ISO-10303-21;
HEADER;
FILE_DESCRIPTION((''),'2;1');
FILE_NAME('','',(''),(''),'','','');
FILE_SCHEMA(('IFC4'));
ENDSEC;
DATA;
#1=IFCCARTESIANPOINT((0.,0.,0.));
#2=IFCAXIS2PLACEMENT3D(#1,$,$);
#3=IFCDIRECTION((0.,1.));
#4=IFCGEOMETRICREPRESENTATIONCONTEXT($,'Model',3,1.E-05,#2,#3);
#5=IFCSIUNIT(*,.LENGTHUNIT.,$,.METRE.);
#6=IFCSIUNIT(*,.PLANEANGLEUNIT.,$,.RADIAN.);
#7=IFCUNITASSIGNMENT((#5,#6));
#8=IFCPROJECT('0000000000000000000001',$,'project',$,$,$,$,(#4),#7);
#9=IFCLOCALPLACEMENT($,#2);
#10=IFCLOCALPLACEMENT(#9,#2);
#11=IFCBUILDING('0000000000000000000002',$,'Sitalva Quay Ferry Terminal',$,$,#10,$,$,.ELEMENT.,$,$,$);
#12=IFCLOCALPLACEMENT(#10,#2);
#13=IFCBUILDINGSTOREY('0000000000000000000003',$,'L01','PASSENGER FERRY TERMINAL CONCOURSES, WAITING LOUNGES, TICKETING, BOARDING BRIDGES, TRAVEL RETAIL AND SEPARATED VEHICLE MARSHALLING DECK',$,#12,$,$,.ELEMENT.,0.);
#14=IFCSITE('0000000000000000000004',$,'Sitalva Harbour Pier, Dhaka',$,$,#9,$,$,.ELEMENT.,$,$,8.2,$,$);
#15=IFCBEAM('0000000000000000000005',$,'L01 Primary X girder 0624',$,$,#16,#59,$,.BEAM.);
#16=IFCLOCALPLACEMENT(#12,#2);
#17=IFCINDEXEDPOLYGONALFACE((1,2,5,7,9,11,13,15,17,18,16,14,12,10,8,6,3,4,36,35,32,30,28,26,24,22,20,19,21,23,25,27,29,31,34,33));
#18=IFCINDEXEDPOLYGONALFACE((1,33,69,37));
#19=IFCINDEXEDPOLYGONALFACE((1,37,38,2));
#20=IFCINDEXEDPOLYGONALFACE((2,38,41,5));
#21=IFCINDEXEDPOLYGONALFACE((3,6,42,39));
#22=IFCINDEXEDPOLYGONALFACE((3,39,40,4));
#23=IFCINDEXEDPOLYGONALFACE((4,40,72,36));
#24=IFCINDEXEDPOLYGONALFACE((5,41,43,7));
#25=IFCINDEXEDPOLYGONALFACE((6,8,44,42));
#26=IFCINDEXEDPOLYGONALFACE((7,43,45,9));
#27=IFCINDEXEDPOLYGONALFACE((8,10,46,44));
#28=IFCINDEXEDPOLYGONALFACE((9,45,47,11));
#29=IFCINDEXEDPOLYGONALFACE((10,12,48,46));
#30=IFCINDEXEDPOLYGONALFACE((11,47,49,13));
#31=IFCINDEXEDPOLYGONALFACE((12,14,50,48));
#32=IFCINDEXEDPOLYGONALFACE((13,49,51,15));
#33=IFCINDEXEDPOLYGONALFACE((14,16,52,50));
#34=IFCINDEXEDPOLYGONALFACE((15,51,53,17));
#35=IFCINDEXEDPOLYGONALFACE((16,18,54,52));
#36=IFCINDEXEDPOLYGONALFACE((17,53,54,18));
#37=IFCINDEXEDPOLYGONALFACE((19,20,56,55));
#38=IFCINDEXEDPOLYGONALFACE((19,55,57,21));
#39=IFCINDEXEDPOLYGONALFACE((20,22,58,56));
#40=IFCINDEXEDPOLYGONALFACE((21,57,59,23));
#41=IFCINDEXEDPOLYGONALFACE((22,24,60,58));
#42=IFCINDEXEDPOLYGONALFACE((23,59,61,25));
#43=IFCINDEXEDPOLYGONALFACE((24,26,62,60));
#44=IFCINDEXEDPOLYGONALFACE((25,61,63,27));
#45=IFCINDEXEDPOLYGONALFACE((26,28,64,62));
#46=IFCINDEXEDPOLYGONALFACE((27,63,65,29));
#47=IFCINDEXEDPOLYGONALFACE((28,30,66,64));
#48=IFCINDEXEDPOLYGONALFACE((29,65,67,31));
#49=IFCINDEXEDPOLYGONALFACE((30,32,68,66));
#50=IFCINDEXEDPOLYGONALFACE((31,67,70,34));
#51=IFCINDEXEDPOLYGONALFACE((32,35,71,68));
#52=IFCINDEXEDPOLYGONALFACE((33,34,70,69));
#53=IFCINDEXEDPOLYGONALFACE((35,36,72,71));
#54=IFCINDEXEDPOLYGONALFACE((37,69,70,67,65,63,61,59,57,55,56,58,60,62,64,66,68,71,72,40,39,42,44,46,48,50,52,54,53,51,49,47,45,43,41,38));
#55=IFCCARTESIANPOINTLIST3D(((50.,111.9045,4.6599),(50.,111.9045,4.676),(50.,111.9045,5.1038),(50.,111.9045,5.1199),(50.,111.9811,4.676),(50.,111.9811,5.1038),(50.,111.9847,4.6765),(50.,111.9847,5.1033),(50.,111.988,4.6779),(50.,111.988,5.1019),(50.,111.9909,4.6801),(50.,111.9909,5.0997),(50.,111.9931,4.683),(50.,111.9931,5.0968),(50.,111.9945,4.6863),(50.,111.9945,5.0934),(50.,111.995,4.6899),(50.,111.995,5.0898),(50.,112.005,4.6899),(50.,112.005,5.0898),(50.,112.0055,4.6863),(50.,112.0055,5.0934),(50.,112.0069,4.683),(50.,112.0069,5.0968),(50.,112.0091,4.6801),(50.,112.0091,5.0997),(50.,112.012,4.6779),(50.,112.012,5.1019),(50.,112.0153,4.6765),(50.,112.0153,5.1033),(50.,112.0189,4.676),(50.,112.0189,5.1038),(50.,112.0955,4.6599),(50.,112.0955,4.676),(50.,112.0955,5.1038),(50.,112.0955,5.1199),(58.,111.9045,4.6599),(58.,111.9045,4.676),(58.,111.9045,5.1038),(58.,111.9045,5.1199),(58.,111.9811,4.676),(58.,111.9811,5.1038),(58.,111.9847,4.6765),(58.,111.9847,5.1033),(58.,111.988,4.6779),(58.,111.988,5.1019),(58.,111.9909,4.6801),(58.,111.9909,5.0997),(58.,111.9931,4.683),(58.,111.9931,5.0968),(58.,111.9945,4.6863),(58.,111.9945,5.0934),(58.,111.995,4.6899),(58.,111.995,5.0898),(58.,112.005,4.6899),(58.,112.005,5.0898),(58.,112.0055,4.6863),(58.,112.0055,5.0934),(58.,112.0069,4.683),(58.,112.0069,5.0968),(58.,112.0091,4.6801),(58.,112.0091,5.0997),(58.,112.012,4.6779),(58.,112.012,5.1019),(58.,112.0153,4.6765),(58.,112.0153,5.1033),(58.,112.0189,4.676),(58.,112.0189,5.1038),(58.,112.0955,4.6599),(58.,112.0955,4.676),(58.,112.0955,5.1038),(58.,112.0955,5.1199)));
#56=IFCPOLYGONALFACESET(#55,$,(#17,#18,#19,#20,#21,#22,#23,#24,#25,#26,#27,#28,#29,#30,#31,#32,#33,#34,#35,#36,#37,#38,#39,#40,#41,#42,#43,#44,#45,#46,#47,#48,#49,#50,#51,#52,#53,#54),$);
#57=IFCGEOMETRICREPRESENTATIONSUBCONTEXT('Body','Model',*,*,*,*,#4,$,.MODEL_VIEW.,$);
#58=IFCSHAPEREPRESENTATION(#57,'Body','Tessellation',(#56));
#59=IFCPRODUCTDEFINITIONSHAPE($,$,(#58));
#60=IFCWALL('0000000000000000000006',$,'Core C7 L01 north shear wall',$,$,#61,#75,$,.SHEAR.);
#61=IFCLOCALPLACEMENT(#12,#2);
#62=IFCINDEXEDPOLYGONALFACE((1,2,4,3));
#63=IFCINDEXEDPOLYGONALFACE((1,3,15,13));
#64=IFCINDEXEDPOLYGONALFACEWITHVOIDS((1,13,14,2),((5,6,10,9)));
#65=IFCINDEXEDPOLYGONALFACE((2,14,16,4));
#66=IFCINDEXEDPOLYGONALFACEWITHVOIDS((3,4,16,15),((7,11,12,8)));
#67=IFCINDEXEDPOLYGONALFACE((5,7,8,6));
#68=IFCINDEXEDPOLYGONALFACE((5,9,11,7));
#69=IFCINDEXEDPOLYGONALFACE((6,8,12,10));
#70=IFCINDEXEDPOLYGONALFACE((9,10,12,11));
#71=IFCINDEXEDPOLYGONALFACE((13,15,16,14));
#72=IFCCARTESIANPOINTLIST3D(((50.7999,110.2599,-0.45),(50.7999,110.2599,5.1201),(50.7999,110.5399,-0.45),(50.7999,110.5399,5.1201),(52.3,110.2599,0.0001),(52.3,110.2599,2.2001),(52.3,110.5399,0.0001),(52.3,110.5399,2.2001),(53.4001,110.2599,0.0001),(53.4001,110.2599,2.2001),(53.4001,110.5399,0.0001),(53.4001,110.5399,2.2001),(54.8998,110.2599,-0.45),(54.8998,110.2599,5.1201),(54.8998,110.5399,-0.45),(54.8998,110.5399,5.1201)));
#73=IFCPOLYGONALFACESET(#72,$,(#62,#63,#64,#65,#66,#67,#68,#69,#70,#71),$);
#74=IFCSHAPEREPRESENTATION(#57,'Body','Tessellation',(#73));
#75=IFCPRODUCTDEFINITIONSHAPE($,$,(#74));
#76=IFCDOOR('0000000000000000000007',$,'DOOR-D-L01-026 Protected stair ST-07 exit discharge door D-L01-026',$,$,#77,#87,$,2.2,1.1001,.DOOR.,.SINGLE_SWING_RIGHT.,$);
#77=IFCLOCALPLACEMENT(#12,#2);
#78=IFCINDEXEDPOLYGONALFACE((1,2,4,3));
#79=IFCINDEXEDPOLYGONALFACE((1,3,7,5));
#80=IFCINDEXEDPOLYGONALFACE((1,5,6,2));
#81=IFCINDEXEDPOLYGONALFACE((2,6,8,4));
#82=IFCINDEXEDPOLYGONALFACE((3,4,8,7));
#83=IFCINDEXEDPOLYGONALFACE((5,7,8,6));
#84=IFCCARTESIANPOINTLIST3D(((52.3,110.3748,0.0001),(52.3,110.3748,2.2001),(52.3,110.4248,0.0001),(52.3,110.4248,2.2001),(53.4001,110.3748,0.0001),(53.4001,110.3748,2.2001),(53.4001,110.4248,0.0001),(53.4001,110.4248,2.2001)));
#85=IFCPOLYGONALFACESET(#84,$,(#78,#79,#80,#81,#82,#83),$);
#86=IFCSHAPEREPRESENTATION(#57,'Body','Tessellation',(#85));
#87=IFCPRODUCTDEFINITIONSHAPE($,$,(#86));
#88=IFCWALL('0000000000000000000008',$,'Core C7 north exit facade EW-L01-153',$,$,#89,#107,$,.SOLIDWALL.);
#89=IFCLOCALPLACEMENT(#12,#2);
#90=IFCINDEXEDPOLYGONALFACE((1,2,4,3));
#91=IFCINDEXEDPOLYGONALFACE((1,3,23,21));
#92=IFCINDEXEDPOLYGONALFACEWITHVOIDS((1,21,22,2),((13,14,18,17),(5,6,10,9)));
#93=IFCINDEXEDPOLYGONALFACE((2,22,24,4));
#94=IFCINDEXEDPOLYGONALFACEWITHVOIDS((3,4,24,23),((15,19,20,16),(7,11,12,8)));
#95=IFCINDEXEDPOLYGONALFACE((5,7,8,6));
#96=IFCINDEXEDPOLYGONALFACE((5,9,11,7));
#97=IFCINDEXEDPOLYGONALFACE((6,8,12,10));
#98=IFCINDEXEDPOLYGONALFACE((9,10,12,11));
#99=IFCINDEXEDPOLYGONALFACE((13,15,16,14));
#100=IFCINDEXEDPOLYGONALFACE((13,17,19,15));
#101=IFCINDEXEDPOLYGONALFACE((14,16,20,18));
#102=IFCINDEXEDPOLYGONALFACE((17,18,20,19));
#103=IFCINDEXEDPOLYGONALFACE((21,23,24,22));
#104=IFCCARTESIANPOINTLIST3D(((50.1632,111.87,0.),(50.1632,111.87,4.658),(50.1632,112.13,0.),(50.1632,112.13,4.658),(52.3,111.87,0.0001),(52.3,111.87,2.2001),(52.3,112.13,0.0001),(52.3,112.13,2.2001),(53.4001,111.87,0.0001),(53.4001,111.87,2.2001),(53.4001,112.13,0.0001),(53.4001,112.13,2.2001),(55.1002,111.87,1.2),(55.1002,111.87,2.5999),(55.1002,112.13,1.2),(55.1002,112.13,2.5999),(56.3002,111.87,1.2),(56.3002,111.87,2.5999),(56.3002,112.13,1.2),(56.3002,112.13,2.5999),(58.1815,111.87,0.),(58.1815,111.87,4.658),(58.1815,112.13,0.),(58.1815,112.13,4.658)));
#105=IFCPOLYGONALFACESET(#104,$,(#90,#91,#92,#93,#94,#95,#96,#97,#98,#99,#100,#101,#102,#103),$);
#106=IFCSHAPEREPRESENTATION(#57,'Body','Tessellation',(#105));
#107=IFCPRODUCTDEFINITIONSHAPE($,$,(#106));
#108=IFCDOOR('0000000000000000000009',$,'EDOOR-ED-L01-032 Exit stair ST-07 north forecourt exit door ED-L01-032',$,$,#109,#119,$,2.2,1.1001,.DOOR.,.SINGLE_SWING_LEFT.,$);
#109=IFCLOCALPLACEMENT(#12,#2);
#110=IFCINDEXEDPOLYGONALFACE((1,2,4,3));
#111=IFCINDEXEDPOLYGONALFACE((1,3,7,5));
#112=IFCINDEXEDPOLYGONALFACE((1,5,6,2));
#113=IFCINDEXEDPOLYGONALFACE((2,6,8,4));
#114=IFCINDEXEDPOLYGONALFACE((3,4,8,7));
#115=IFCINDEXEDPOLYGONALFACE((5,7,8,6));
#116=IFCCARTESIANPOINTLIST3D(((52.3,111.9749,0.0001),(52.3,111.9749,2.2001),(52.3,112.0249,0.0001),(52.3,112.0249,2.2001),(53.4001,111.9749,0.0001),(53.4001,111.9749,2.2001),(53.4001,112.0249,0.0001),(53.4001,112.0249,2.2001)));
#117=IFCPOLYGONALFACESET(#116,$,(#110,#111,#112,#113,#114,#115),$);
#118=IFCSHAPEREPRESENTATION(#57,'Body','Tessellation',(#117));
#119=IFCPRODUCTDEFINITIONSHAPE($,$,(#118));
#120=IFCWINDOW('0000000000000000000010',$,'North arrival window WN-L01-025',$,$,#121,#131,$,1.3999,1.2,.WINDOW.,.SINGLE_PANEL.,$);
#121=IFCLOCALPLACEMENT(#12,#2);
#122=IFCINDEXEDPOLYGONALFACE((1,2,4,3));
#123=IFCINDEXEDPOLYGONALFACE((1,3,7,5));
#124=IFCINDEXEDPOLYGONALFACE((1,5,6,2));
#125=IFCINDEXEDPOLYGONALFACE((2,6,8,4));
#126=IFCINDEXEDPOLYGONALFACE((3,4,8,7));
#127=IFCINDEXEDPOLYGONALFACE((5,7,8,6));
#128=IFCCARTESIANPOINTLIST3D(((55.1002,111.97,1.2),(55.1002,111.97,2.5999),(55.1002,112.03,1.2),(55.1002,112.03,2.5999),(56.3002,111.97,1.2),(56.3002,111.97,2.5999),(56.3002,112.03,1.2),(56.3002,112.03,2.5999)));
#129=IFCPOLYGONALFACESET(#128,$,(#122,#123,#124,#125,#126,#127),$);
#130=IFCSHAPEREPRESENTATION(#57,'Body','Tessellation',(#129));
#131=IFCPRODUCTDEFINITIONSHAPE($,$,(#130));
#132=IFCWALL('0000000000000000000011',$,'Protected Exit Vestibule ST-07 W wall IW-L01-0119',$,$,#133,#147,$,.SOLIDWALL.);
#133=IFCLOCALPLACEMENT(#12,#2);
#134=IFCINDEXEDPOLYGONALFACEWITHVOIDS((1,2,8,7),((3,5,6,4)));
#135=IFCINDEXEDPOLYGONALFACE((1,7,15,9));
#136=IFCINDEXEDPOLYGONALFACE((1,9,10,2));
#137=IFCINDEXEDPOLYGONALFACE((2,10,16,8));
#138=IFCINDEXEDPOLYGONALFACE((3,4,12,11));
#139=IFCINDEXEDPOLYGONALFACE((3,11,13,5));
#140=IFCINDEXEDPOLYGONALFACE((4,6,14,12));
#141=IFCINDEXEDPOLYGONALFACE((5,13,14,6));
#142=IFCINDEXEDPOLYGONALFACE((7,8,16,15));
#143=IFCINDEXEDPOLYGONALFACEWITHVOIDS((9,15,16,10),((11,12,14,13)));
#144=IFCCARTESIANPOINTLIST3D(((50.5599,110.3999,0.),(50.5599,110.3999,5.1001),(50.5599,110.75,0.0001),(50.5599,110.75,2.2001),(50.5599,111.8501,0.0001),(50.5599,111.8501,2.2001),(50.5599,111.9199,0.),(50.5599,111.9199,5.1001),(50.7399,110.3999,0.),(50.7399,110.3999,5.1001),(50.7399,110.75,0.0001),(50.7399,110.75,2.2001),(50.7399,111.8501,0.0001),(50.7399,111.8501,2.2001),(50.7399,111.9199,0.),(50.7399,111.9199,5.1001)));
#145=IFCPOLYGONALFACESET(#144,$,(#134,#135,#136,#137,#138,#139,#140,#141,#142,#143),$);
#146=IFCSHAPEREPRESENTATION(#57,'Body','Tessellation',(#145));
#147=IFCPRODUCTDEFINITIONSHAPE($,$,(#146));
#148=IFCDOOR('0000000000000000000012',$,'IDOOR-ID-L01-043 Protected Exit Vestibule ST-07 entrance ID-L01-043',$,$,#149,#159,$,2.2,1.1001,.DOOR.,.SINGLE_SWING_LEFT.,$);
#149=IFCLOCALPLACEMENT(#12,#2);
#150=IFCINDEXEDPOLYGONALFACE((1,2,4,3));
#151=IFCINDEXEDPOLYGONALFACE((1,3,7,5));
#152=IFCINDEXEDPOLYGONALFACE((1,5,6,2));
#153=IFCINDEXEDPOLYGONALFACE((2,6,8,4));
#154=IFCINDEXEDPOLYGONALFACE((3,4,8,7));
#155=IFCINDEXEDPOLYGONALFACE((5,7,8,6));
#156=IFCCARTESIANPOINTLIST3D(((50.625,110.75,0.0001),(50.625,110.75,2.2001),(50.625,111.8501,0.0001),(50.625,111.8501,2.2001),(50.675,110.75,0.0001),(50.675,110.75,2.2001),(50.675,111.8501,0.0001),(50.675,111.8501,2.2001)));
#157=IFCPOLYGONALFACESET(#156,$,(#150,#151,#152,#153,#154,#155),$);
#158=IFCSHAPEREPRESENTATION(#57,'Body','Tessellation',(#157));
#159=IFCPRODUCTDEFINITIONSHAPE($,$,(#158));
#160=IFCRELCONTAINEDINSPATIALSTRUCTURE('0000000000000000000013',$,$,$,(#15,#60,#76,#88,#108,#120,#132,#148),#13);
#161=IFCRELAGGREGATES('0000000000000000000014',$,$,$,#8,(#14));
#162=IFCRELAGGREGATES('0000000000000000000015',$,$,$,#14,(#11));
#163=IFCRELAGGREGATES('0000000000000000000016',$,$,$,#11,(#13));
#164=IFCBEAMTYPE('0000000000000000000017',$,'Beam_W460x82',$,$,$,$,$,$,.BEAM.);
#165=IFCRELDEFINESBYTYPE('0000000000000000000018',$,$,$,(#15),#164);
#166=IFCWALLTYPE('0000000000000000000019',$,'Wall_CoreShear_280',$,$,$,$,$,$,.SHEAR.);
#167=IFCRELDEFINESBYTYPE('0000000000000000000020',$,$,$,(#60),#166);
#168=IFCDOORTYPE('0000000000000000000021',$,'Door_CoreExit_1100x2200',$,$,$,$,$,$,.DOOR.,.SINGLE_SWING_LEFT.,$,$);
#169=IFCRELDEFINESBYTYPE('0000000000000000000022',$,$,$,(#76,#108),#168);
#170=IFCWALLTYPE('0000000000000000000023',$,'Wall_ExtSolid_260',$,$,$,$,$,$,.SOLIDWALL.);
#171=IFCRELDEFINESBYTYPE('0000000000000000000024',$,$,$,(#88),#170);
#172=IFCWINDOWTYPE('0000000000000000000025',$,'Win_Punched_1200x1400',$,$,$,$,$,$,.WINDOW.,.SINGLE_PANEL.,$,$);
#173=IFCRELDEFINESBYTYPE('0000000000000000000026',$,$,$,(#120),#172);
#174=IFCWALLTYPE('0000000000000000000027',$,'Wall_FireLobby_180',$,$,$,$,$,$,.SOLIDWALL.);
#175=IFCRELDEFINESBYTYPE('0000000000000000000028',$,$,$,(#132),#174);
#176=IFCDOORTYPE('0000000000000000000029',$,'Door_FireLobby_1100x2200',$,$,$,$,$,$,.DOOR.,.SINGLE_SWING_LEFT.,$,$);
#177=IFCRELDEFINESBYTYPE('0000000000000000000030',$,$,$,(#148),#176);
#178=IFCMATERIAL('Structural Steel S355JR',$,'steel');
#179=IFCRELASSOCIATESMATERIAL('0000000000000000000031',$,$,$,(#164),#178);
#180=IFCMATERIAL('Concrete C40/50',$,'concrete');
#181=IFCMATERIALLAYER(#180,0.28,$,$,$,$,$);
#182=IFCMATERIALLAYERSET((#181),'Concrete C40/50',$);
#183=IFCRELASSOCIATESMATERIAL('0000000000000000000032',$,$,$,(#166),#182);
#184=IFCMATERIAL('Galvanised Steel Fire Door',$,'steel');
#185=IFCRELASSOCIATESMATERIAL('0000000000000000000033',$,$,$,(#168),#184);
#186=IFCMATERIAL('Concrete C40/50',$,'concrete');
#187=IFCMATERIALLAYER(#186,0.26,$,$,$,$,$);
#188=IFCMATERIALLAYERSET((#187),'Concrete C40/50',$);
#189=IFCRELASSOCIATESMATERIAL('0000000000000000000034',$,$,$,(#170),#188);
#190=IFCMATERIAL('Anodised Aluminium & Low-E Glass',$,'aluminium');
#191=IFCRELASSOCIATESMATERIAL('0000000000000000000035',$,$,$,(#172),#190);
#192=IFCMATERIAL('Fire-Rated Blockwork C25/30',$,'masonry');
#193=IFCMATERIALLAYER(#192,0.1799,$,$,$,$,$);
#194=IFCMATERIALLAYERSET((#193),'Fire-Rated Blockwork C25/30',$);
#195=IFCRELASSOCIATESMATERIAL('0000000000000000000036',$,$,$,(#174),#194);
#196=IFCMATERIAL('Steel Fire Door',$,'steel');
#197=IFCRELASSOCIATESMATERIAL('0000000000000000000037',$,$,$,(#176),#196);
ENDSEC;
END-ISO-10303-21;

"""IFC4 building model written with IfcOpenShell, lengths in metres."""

from ifc_helpers import new_model, si_unit, direction, frame, frame_2d, origin, origin_2d, place, context, subcontext, project, spatial, rectangle, i_section, extrude, material, layer, layer_set, material_profile, profile_set, type_object, element, fill, save


model = new_model("IFC4")

# Units and contexts
model_context = context("Model", 3, precision=1e-05, world=origin(), true_north=direction((0.0, 1.0)))
body_context = subcontext(model_context, "Body", "Model", "MODEL_VIEW")
ifc_project = project(units=[si_unit("LENGTHUNIT", "METRE"), si_unit("PLANEANGLEUNIT", "RADIAN")], contexts=[model_context])

# Site, building, storey
site_placement = place(None, origin())
site = spatial("IfcSite", under=ifc_project, at=site_placement, Name="Sitalva Harbour Pier, Dhaka", CompositionType="ELEMENT", RefElevation=8.2)
building_placement = place(site_placement, origin())
building = spatial("IfcBuilding", under=site, at=building_placement, Name="Sitalva Quay Ferry Terminal", CompositionType="ELEMENT")
storey_placement = place(building_placement, origin())
storey = spatial("IfcBuildingStorey", under=building, at=storey_placement, Name="L01", Description="PASSENGER FERRY TERMINAL CONCOURSES, WAITING LOUNGES, TICKETING, BOARDING BRIDGES, TRAVEL RETAIL AND SEPARATED VEHICLE MARSHALLING DECK", CompositionType="ELEMENT", Elevation=0.0)

# Beam
ifc_material_1 = material(Name="Structural Steel S355JR", Category="steel")
ifc_material_profile_1 = material_profile(ifc_material_1, i_section(OverallWidth=0.1909, OverallDepth=0.46, WebThickness=0.01, FlangeThickness=0.0161, FilletRadius=0.0139, at=origin_2d()), Name="W460x82")
ifc_profile_set_1 = profile_set([ifc_material_profile_1], Name="Structural Steel S355JR")
beam_type_1 = type_object("IfcBeamType", Name="Beam_W460x82", PredefinedType="BEAM", material=ifc_profile_set_1)
beam_1_placement = place(storey_placement, frame((50.0, 112.0, 4.8899), z_axis=(1.0, 0.0, 0.0), x_axis=(0.0, 1.0, 0.0)))
element("IfcBeam", 1, at=beam_1_placement, inside=storey, type_object=beam_type_1, Name="L01 Primary X girder 0624", PredefinedType="BEAM", context=body_context, shape_type="SweptSolid", body=[
    extrude(i_section(OverallWidth=0.1909, OverallDepth=0.46, WebThickness=0.01, FlangeThickness=0.0161, FilletRadius=0.0139, at=origin_2d()), origin(), (0.0, 0.0, 1.0), 8.0),
])

# Wall, opening, door
ifc_material_2 = material(Name="Concrete C40/50", Category="concrete")
ifc_layer_1 = layer(ifc_material_2, 0.28)
ifc_layer_set_1 = layer_set([ifc_layer_1], Name="Concrete C40/50")
wall_type_1 = type_object("IfcWallType", Name="Wall_CoreShear_280", PredefinedType="SHEAR", material=ifc_layer_set_1)
wall_1_placement = place(storey_placement, frame((50.8, 110.3999, -0.45), z_axis=(0.0, 0.0, 1.0), x_axis=(1.0, 0.0, 0.0)))
wall_1 = element("IfcWall", 2, at=wall_1_placement, inside=storey, type_object=wall_type_1, Name="Core C7 L01 north shear wall", PredefinedType="SHEAR", context=body_context, shape_type="SweptSolid", body=[
    extrude(rectangle(XDim=4.0999, YDim=0.28, at=frame_2d((2.0498, 0.0))), origin(), (0.0, 0.0, 1.0), 5.5701),
])
opening_1_placement = place(wall_1_placement, frame((1.5, 0.0, 0.45)))
opening_1 = element("IfcOpeningElement", 3, at=opening_1_placement, cuts=wall_1, PredefinedType="OPENING", context=body_context, shape_type="SweptSolid", body=[
    extrude(rectangle(XDim=1.1001, YDim=2.2, at=frame_2d((0.55, 1.1001))), frame((0.0, 0.1499, 0.0), z_axis=(0.0, -1.0, 0.0), x_axis=(1.0, 0.0, 0.0)), (0.0, 0.0, 1.0), 0.3),
])
ifc_material_3 = material(Name="Galvanised Steel Fire Door", Category="steel")
door_type_1 = type_object("IfcDoorType", Name="Door_CoreExit_1100x2200", OperationType="SINGLE_SWING_LEFT", PredefinedType="DOOR", material=ifc_material_3)
door_1_placement = place(opening_1_placement, origin())
door_1 = element("IfcDoor", 4, at=door_1_placement, inside=storey, type_object=door_type_1, Name="DOOR-D-L01-026 Protected stair ST-07 exit discharge door D-L01-026", OperationType="SINGLE_SWING_RIGHT", OverallHeight=2.2, OverallWidth=1.1001, PredefinedType="DOOR", context=body_context, shape_type="SweptSolid", body=[
    extrude(rectangle(XDim=1.1001, YDim=2.2, at=frame_2d((0.55, 1.1001))), frame((0.0, 0.0249, 0.0), z_axis=(0.0, -1.0, 0.0), x_axis=(1.0, 0.0, 0.0)), (0.0, 0.0, 1.0), 0.05),
])
fill(opening_1, door_1)

# Wall, openings, door, window
ifc_material_4 = material(Name="Concrete C40/50", Category="concrete")
ifc_layer_2 = layer(ifc_material_4, 0.26)
ifc_layer_set_2 = layer_set([ifc_layer_2], Name="Concrete C40/50")
wall_type_2 = type_object("IfcWallType", Name="Wall_ExtSolid_260", PredefinedType="SOLIDWALL", material=ifc_layer_set_2)
wall_2_placement = place(storey_placement, frame((50.1631, 112.0, 0.0), z_axis=(0.0, 0.0, 1.0), x_axis=(1.0, 0.0, 0.0)))
wall_2 = element("IfcWall", 5, at=wall_2_placement, inside=storey, type_object=wall_type_2, Name="Core C7 north exit facade EW-L01-153", PredefinedType="SOLIDWALL", context=body_context, shape_type="SweptSolid", body=[
    extrude(rectangle(XDim=8.0183, YDim=0.26, at=frame_2d((4.0093, 0.0))), origin(), (0.0, 0.0, 1.0), 4.658),
])
opening_2_placement = place(wall_2_placement, frame((2.137, 0.0, 0.0)))
opening_2 = element("IfcOpeningElement", 6, at=opening_2_placement, cuts=wall_2, PredefinedType="OPENING", context=body_context, shape_type="SweptSolid", body=[
    extrude(rectangle(XDim=1.1001, YDim=2.2, at=frame_2d((0.55, 1.1001))), frame((0.0, 0.1399, 0.0), z_axis=(0.0, -1.0, 0.0), x_axis=(1.0, 0.0, 0.0)), (0.0, 0.0, 1.0), 0.28),
])
opening_3_placement = place(wall_2_placement, frame((4.937, 0.0, 1.2)))
opening_3 = element("IfcOpeningElement", 7, at=opening_3_placement, cuts=wall_2, PredefinedType="OPENING", context=body_context, shape_type="SweptSolid", body=[
    extrude(rectangle(XDim=1.2, YDim=1.3999, at=frame_2d((0.6001, 0.7))), frame((0.0, 0.1399, 0.0), z_axis=(0.0, -1.0, 0.0), x_axis=(1.0, 0.0, 0.0)), (0.0, 0.0, 1.0), 0.28),
])
door_2_placement = place(opening_2_placement, origin())
door_2 = element("IfcDoor", 8, at=door_2_placement, inside=storey, type_object=door_type_1, Name="EDOOR-ED-L01-032 Exit stair ST-07 north forecourt exit door ED-L01-032", OperationType="SINGLE_SWING_LEFT", OverallHeight=2.2, OverallWidth=1.1001, PredefinedType="DOOR", context=body_context, shape_type="SweptSolid", body=[
    extrude(rectangle(XDim=1.1001, YDim=2.2, at=frame_2d((0.55, 1.1001))), frame((0.0, 0.0249, 0.0), z_axis=(0.0, -1.0, 0.0), x_axis=(1.0, 0.0, 0.0)), (0.0, 0.0, 1.0), 0.05),
])
fill(opening_2, door_2)
ifc_material_5 = material(Name="Anodised Aluminium & Low-E Glass", Category="aluminium")
window_type = type_object("IfcWindowType", Name="Win_Punched_1200x1400", PartitioningType="SINGLE_PANEL", PredefinedType="WINDOW", material=ifc_material_5)
window_placement = place(opening_3_placement, origin())
window = element("IfcWindow", 9, at=window_placement, inside=storey, type_object=window_type, Name="North arrival window WN-L01-025", OverallHeight=1.3999, OverallWidth=1.2, PartitioningType="SINGLE_PANEL", PredefinedType="WINDOW", context=body_context, shape_type="SweptSolid", body=[
    extrude(rectangle(XDim=1.2, YDim=1.3999, at=frame_2d((0.6001, 0.7))), frame((0.0, 0.03, 0.0), z_axis=(0.0, -1.0, 0.0), x_axis=(1.0, 0.0, 0.0)), (0.0, 0.0, 1.0), 0.0601),
])
fill(opening_3, window)

# Wall, opening, door
ifc_material_6 = material(Name="Fire-Rated Blockwork C25/30", Category="masonry")
ifc_layer_3 = layer(ifc_material_6, 0.1799)
ifc_layer_set_3 = layer_set([ifc_layer_3], Name="Fire-Rated Blockwork C25/30")
wall_type_3 = type_object("IfcWallType", Name="Wall_FireLobby_180", PredefinedType="SOLIDWALL", material=ifc_layer_set_3)
wall_3_placement = place(storey_placement, frame((50.6499, 110.3999, 0.0), z_axis=(0.0, 0.0, 1.0), x_axis=(0.0, 1.0, 0.0)))
wall_3 = element("IfcWall", 10, at=wall_3_placement, inside=storey, type_object=wall_type_3, Name="Protected Exit Vestibule ST-07 W wall IW-L01-0119", PredefinedType="SOLIDWALL", context=body_context, shape_type="SweptSolid", body=[
    extrude(rectangle(XDim=1.52, YDim=0.1799, at=frame_2d((0.76, 0.0))), origin(), (0.0, 0.0, 1.0), 5.1001),
])
opening_4_placement = place(wall_3_placement, frame((0.3501, 0.0, 0.0)))
opening_4 = element("IfcOpeningElement", 11, at=opening_4_placement, cuts=wall_3, PredefinedType="OPENING", context=body_context, shape_type="SweptSolid", body=[
    extrude(rectangle(XDim=1.1001, YDim=2.2, at=frame_2d((0.55, 1.1001))), frame((0.0, 0.0999, 0.0), z_axis=(0.0, -1.0, 0.0), x_axis=(1.0, 0.0, 0.0)), (0.0, 0.0, 1.0), 0.2),
])
ifc_material_7 = material(Name="Steel Fire Door", Category="steel")
door_type_2 = type_object("IfcDoorType", Name="Door_FireLobby_1100x2200", OperationType="SINGLE_SWING_LEFT", PredefinedType="DOOR", material=ifc_material_7)
door_3_placement = place(opening_4_placement, origin())
door_3 = element("IfcDoor", 12, at=door_3_placement, inside=storey, type_object=door_type_2, Name="IDOOR-ID-L01-043 Protected Exit Vestibule ST-07 entrance ID-L01-043", OperationType="SINGLE_SWING_LEFT", OverallHeight=2.2, OverallWidth=1.1001, PredefinedType="DOOR", context=body_context, shape_type="SweptSolid", body=[
    extrude(rectangle(XDim=1.1001, YDim=2.2, at=frame_2d((0.55, 1.1001))), frame((0.0, 0.0249, 0.0), z_axis=(0.0, -1.0, 0.0), x_axis=(1.0, 0.0, 0.0)), (0.0, 0.0, 1.0), 0.05),
])
fill(opening_4, door_3)

save(model, "model.ifc")
